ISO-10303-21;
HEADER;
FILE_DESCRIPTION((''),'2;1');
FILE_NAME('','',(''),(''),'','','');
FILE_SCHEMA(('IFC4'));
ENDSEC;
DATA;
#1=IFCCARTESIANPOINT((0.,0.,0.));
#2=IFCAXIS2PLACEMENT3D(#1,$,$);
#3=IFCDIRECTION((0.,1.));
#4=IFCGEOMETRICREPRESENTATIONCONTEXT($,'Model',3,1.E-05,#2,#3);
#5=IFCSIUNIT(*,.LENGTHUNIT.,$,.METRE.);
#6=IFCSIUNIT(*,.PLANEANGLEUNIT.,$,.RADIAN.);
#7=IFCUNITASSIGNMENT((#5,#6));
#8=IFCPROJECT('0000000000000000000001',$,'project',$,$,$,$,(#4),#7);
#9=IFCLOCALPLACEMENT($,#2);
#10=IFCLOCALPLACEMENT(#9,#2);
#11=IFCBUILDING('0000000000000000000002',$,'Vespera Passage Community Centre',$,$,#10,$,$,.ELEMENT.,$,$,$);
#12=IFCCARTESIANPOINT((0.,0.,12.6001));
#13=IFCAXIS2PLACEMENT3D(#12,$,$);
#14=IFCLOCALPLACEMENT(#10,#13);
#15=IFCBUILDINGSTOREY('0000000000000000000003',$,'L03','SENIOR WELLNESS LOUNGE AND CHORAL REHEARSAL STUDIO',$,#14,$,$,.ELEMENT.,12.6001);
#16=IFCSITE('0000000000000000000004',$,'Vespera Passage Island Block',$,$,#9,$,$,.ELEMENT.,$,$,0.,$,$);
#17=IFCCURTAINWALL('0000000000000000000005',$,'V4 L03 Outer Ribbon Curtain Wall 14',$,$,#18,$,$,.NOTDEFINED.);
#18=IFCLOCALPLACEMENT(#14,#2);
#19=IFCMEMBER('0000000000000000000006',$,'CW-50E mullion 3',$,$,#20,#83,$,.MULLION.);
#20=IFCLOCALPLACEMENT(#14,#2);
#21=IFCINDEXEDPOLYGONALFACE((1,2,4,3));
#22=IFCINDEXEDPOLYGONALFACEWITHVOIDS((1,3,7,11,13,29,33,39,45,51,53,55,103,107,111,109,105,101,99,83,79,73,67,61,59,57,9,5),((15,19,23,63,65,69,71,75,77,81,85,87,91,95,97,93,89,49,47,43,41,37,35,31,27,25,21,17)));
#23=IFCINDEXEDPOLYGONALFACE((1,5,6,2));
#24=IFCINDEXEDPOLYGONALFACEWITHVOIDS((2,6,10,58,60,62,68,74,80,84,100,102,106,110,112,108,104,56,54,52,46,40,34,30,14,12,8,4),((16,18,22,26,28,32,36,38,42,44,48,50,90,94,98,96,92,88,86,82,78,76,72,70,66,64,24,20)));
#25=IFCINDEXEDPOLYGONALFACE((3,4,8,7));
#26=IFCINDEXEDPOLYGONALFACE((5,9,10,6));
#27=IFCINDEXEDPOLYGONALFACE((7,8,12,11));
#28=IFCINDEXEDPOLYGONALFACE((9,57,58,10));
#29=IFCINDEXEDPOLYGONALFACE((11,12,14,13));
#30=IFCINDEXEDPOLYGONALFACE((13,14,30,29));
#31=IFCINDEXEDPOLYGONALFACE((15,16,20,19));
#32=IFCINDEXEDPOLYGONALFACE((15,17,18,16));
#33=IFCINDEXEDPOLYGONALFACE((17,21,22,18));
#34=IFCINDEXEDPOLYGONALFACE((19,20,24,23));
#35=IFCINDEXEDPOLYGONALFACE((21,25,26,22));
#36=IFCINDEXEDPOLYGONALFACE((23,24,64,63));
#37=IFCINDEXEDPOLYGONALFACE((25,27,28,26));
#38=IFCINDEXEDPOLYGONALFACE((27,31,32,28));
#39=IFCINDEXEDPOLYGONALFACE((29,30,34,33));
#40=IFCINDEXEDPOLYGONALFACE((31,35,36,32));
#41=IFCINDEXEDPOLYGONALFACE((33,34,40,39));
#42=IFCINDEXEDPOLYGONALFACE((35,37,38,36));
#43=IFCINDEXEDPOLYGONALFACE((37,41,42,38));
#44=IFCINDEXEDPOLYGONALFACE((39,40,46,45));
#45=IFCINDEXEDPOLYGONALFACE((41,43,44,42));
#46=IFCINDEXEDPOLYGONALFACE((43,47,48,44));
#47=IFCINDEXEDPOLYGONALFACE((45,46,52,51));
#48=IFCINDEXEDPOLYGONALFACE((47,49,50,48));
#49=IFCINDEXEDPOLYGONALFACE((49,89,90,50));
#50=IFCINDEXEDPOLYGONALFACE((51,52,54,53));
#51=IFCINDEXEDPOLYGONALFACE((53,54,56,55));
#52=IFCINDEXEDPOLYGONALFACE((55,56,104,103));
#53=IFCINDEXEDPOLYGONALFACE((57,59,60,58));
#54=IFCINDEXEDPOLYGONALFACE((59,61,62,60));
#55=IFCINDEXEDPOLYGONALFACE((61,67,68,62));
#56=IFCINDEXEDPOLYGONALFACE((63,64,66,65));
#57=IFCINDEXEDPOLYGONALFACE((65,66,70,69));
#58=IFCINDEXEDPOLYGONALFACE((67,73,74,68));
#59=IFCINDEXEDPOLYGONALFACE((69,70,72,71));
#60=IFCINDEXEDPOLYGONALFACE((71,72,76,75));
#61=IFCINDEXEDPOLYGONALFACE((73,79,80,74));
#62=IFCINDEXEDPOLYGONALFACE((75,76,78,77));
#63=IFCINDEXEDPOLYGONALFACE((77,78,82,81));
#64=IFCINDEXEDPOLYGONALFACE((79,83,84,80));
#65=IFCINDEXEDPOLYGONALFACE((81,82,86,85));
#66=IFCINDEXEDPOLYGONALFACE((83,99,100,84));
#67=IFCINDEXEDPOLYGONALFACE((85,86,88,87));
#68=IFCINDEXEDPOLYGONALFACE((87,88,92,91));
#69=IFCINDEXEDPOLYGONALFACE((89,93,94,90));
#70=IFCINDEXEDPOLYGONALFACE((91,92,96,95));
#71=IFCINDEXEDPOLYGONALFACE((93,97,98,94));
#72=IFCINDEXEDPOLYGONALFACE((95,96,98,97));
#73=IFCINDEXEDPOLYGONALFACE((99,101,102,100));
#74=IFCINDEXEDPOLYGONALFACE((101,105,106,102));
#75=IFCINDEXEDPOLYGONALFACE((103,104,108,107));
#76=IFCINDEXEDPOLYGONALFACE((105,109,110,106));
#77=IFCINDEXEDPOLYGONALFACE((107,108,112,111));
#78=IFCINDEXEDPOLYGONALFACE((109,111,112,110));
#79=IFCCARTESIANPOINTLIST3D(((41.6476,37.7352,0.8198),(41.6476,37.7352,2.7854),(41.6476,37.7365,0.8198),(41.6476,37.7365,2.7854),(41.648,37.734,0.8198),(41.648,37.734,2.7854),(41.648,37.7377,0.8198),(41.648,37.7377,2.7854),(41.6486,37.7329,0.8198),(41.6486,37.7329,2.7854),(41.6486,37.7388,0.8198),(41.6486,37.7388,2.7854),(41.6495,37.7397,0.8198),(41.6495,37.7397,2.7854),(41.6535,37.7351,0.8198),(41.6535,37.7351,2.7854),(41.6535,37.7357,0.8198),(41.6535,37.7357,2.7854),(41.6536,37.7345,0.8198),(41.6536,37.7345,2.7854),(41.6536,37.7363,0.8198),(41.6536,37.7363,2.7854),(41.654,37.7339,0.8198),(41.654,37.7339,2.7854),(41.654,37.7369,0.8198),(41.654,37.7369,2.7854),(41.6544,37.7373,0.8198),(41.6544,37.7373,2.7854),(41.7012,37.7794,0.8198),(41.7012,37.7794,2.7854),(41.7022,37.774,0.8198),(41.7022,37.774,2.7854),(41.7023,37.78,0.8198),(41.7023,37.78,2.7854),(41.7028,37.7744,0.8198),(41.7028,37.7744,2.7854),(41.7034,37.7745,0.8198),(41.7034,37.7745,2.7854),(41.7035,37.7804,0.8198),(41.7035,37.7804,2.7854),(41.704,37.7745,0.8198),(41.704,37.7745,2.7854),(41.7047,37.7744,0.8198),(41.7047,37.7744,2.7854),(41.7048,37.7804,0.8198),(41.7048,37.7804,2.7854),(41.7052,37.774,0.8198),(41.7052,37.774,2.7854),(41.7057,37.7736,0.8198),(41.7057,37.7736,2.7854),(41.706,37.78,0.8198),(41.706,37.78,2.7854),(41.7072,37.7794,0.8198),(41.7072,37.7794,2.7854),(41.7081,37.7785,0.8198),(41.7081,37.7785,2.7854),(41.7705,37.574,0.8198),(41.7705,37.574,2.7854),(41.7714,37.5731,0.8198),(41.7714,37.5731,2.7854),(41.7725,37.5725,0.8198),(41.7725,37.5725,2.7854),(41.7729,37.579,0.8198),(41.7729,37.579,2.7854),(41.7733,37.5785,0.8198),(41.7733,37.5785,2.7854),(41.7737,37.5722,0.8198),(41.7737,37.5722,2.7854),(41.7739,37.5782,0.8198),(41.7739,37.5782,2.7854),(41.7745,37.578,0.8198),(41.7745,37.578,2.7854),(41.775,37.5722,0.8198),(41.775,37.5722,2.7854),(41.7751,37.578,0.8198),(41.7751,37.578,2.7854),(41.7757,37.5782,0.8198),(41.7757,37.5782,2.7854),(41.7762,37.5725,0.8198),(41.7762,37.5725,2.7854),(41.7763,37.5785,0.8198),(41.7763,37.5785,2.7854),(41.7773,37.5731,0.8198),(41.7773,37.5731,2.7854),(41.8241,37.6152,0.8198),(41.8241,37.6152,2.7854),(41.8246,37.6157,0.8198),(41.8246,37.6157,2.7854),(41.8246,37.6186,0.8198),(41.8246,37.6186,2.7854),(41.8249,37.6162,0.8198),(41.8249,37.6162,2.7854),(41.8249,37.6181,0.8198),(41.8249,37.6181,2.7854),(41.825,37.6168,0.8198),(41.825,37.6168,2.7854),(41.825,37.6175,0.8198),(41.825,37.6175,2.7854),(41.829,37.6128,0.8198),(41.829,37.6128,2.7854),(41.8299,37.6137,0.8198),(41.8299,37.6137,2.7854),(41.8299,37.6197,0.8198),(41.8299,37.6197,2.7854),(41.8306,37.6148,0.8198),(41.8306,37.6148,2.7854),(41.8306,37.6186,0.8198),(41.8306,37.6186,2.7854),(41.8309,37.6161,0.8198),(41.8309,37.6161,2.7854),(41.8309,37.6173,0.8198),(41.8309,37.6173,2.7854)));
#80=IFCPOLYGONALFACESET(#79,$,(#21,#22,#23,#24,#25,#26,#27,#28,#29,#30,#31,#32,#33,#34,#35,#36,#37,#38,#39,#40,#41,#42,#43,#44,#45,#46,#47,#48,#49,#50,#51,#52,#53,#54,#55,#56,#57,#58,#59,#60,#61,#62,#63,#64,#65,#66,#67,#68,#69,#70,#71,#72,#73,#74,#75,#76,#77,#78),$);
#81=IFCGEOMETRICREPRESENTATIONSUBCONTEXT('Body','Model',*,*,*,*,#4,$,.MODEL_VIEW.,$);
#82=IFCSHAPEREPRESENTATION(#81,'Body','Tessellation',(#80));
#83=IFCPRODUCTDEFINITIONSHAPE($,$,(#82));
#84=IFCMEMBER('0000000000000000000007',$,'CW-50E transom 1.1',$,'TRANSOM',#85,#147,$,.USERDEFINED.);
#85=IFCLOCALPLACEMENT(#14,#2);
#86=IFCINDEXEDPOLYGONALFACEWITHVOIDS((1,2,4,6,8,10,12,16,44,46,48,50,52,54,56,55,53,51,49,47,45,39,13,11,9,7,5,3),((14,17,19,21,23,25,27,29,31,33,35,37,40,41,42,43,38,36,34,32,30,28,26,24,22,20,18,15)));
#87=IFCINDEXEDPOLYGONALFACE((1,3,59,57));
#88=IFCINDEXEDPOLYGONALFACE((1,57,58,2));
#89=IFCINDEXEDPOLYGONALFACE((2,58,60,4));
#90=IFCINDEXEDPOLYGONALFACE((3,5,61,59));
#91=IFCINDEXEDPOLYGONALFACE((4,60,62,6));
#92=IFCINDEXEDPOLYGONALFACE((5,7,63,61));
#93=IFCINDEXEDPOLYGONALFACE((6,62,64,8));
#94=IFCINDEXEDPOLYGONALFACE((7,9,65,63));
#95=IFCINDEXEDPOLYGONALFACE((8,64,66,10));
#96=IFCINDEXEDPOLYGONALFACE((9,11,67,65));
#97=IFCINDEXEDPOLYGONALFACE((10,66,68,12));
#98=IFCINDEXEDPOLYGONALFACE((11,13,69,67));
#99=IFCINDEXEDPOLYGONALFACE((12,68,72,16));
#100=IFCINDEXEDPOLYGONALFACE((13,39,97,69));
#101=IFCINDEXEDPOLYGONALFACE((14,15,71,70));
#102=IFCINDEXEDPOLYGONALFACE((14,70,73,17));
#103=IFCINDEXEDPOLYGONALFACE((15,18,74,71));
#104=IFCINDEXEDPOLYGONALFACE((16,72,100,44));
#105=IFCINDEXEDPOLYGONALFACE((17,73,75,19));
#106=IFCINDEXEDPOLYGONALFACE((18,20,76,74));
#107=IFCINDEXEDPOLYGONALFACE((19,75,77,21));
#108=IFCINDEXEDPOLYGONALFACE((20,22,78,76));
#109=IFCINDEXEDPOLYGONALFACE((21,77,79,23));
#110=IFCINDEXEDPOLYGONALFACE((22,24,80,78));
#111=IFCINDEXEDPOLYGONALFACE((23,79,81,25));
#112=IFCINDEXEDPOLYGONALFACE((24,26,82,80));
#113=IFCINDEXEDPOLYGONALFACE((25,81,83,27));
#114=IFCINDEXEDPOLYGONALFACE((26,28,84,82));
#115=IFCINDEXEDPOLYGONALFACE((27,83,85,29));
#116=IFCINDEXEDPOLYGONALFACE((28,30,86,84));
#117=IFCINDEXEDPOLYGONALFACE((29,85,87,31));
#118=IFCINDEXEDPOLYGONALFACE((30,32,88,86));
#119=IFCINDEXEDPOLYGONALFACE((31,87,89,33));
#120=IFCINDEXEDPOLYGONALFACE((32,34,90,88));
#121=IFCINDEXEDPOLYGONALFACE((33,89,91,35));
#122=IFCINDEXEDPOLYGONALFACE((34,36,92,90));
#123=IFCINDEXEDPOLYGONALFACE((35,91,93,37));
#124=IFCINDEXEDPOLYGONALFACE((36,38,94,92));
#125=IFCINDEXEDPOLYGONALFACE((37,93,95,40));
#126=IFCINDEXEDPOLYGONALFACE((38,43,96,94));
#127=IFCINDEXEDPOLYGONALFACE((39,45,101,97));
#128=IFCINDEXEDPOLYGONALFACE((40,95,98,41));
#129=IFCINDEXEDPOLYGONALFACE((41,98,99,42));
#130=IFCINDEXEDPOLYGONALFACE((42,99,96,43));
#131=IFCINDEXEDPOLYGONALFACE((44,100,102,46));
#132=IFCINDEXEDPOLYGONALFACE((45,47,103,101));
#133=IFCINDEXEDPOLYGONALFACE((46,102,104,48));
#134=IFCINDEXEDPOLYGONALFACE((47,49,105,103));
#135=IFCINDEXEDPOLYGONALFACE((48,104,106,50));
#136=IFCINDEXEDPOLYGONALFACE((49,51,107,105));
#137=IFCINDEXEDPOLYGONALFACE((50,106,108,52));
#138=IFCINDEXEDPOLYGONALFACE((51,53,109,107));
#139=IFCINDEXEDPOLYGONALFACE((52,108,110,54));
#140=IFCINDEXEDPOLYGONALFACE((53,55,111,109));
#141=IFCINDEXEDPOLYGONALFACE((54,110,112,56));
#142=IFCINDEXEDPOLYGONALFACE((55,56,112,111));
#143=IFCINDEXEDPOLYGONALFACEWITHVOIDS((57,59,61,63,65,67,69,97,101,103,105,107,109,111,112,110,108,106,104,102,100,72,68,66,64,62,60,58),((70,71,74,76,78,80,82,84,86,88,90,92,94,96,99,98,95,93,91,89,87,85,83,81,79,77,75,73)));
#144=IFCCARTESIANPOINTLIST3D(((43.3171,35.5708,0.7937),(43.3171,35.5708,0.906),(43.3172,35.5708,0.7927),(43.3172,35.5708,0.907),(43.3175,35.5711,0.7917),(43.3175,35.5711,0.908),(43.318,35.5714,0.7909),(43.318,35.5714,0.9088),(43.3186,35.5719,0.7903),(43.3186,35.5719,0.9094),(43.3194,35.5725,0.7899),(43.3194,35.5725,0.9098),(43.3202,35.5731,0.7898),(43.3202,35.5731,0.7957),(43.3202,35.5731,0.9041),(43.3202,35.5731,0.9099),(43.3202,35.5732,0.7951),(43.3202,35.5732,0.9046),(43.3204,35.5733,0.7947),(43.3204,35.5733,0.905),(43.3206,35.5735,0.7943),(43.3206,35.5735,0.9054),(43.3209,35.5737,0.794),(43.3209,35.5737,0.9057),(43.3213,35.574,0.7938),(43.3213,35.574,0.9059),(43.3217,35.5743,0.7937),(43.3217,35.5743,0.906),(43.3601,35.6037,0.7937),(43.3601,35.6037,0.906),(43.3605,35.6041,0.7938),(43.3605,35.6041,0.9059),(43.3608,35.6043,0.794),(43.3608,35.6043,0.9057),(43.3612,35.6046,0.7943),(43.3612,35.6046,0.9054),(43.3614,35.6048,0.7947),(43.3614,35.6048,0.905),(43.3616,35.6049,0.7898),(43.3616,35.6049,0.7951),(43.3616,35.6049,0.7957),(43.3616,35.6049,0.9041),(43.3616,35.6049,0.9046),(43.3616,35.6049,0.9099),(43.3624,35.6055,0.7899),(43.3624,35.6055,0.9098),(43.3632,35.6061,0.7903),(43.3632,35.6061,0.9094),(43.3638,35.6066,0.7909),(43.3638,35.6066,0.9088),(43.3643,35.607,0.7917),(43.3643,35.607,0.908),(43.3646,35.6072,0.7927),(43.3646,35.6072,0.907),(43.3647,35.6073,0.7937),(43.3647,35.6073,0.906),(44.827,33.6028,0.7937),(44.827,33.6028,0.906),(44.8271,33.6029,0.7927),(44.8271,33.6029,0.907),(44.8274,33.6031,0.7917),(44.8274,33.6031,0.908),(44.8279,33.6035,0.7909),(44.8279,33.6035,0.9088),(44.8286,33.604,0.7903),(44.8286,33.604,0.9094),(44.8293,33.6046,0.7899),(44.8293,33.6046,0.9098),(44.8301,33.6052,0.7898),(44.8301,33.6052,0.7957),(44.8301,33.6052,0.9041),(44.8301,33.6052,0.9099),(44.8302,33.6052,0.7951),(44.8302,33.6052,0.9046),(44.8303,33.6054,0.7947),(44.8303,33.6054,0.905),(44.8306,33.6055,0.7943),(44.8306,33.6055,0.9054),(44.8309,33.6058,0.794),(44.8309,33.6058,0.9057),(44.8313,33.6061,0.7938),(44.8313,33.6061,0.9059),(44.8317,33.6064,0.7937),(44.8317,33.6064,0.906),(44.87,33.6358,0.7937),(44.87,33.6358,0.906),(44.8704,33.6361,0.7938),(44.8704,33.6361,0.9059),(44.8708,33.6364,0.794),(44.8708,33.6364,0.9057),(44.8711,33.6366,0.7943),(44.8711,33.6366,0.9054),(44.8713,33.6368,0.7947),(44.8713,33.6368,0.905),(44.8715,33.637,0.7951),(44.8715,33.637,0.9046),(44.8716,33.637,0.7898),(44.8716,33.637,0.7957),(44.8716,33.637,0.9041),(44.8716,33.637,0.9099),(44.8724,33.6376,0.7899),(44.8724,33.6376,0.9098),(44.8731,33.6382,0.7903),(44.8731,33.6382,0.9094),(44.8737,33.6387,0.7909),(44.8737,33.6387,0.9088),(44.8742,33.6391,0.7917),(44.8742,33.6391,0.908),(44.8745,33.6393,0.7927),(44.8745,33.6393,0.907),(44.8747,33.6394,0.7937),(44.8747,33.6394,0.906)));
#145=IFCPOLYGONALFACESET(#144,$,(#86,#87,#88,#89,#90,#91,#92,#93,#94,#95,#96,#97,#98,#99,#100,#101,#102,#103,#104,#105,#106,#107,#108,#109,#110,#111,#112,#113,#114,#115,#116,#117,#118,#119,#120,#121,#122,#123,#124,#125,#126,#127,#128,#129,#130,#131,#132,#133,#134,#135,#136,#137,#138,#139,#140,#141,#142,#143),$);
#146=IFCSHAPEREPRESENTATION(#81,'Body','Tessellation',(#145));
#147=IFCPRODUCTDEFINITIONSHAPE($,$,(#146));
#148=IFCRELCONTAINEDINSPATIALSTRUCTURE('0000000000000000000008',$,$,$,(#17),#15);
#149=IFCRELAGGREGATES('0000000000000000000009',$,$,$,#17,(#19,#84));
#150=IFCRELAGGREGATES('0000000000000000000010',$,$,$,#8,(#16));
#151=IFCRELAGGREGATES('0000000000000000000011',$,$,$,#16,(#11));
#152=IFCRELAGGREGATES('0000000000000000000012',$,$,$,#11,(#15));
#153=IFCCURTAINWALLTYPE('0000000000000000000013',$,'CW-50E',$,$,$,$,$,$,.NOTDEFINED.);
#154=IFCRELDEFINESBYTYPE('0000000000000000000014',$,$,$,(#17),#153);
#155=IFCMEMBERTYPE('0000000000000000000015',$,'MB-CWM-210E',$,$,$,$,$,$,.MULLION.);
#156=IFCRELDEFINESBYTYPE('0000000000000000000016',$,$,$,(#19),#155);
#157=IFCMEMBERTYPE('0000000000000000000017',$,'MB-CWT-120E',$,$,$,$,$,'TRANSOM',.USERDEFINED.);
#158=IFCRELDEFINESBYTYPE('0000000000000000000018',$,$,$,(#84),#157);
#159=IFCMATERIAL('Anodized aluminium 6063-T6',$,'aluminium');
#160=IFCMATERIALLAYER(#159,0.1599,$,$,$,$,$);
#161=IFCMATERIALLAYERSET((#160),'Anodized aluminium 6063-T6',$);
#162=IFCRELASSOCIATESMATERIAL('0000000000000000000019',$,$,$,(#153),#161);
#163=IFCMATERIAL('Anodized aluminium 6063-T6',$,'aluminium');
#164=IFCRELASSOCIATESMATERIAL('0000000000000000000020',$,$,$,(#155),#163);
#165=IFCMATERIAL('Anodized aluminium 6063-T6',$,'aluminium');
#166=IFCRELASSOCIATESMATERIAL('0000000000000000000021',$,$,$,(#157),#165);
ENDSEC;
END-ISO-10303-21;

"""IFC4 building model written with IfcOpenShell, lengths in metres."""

from ifc_helpers import new_model, si_unit, direction, frame, origin, origin_2d, place, context, subcontext, project, spatial, hollow_rectangle, extrude, material, layer, layer_set, material_profile, profile_set, type_object, element, aggregate, save


model = new_model("IFC4")

# Units and contexts
model_context = context("Model", 3, precision=1e-05, world=origin(), true_north=direction((0.0, 1.0)))
body_context = subcontext(model_context, "Body", "Model", "MODEL_VIEW")
ifc_project = project(units=[si_unit("LENGTHUNIT", "METRE"), si_unit("PLANEANGLEUNIT", "RADIAN")], contexts=[model_context])

# Site, building, storey
site_placement = place(None, origin())
site = spatial("IfcSite", under=ifc_project, at=site_placement, Name="Vespera Passage Island Block", CompositionType="ELEMENT", RefElevation=0.0)
building_placement = place(site_placement, origin())
building = spatial("IfcBuilding", under=site, at=building_placement, Name="Vespera Passage Community Centre", CompositionType="ELEMENT")
storey_placement = place(building_placement, frame((0.0, 0.0, 12.6001)))
storey = spatial("IfcBuildingStorey", under=building, at=storey_placement, Name="L03", Description="SENIOR WELLNESS LOUNGE AND CHORAL REHEARSAL STUDIO", CompositionType="ELEMENT", Elevation=12.6001)

# Curtain wall, members
ifc_material_1 = material(Name="Anodized aluminium 6063-T6", Category="aluminium")
ifc_layer_1 = layer(ifc_material_1, 0.1599)
ifc_layer_set_1 = layer_set([ifc_layer_1], Name="Anodized aluminium 6063-T6")
curtain_wall_type = type_object("IfcCurtainWallType", Name="CW-50E", PredefinedType="NOTDEFINED", material=ifc_layer_set_1)
curtain_wall_placement = place(storey_placement, origin())
curtain_wall = element("IfcCurtainWall", 1, at=curtain_wall_placement, inside=storey, type_object=curtain_wall_type, Name="V4 L03 Outer Ribbon Curtain Wall 14", PredefinedType="NOTDEFINED")
ifc_material_2 = material(Name="Anodized aluminium 6063-T6", Category="aluminium")
ifc_material_profile_1 = material_profile(ifc_material_2, hollow_rectangle(XDim=0.075, YDim=0.21, WallThickness=0.0049, InnerFilletRadius=0.0024, OuterFilletRadius=0.0049, at=origin_2d()), Name="ALU210X75X5")
ifc_profile_set_1 = profile_set([ifc_material_profile_1], Name="Anodized aluminium 6063-T6")
member_type_1 = type_object("IfcMemberType", Name="MB-CWM-210E", PredefinedType="MULLION", material=ifc_profile_set_1)
member_1_placement = place(storey_placement, frame((41.7393, 37.6763, 0.8198), z_axis=(0.0, 0.0, 1.0), x_axis=(-0.79335, -0.608765, 0.0)))
member_1 = element("IfcMember", 2, at=member_1_placement, type_object=member_type_1, Name="CW-50E mullion 3", PredefinedType="MULLION", context=body_context, shape_type="SweptSolid", body=[
    extrude(hollow_rectangle(XDim=0.075, YDim=0.21, WallThickness=0.0049, InnerFilletRadius=0.0024, OuterFilletRadius=0.0049, at=origin_2d()), origin(), (0.0, 0.0, 1.0), 1.9656),
])
ifc_material_3 = material(Name="Anodized aluminium 6063-T6", Category="aluminium")
ifc_material_profile_2 = material_profile(ifc_material_3, hollow_rectangle(XDim=0.0601, YDim=0.1201, WallThickness=0.0039, InnerFilletRadius=0.002, OuterFilletRadius=0.0039, at=origin_2d()), Name="ALU120X60X4")
ifc_profile_set_2 = profile_set([ifc_material_profile_2], Name="Anodized aluminium 6063-T6")
member_type_2 = type_object("IfcMemberType", Name="MB-CWT-120E", ElementType="TRANSOM", PredefinedType="USERDEFINED", material=ifc_profile_set_2)
member_2_placement = place(storey_placement, frame((44.8508, 33.6211, 0.8499), z_axis=(-0.608735, 0.793373, 0.0), x_axis=(-0.793373, -0.608735, 0.0)))
member_2 = element("IfcMember", 3, at=member_2_placement, type_object=member_type_2, Name="CW-50E transom 1.1", ObjectType="TRANSOM", PredefinedType="USERDEFINED", context=body_context, shape_type="SweptSolid", body=[
    extrude(hollow_rectangle(XDim=0.0601, YDim=0.1201, WallThickness=0.0039, InnerFilletRadius=0.002, OuterFilletRadius=0.0039, at=origin_2d()), origin(), (0.0, 0.0, 1.0), 2.4805),
])
aggregate(curtain_wall, [member_1, member_2])

save(model, "model.ifc")
